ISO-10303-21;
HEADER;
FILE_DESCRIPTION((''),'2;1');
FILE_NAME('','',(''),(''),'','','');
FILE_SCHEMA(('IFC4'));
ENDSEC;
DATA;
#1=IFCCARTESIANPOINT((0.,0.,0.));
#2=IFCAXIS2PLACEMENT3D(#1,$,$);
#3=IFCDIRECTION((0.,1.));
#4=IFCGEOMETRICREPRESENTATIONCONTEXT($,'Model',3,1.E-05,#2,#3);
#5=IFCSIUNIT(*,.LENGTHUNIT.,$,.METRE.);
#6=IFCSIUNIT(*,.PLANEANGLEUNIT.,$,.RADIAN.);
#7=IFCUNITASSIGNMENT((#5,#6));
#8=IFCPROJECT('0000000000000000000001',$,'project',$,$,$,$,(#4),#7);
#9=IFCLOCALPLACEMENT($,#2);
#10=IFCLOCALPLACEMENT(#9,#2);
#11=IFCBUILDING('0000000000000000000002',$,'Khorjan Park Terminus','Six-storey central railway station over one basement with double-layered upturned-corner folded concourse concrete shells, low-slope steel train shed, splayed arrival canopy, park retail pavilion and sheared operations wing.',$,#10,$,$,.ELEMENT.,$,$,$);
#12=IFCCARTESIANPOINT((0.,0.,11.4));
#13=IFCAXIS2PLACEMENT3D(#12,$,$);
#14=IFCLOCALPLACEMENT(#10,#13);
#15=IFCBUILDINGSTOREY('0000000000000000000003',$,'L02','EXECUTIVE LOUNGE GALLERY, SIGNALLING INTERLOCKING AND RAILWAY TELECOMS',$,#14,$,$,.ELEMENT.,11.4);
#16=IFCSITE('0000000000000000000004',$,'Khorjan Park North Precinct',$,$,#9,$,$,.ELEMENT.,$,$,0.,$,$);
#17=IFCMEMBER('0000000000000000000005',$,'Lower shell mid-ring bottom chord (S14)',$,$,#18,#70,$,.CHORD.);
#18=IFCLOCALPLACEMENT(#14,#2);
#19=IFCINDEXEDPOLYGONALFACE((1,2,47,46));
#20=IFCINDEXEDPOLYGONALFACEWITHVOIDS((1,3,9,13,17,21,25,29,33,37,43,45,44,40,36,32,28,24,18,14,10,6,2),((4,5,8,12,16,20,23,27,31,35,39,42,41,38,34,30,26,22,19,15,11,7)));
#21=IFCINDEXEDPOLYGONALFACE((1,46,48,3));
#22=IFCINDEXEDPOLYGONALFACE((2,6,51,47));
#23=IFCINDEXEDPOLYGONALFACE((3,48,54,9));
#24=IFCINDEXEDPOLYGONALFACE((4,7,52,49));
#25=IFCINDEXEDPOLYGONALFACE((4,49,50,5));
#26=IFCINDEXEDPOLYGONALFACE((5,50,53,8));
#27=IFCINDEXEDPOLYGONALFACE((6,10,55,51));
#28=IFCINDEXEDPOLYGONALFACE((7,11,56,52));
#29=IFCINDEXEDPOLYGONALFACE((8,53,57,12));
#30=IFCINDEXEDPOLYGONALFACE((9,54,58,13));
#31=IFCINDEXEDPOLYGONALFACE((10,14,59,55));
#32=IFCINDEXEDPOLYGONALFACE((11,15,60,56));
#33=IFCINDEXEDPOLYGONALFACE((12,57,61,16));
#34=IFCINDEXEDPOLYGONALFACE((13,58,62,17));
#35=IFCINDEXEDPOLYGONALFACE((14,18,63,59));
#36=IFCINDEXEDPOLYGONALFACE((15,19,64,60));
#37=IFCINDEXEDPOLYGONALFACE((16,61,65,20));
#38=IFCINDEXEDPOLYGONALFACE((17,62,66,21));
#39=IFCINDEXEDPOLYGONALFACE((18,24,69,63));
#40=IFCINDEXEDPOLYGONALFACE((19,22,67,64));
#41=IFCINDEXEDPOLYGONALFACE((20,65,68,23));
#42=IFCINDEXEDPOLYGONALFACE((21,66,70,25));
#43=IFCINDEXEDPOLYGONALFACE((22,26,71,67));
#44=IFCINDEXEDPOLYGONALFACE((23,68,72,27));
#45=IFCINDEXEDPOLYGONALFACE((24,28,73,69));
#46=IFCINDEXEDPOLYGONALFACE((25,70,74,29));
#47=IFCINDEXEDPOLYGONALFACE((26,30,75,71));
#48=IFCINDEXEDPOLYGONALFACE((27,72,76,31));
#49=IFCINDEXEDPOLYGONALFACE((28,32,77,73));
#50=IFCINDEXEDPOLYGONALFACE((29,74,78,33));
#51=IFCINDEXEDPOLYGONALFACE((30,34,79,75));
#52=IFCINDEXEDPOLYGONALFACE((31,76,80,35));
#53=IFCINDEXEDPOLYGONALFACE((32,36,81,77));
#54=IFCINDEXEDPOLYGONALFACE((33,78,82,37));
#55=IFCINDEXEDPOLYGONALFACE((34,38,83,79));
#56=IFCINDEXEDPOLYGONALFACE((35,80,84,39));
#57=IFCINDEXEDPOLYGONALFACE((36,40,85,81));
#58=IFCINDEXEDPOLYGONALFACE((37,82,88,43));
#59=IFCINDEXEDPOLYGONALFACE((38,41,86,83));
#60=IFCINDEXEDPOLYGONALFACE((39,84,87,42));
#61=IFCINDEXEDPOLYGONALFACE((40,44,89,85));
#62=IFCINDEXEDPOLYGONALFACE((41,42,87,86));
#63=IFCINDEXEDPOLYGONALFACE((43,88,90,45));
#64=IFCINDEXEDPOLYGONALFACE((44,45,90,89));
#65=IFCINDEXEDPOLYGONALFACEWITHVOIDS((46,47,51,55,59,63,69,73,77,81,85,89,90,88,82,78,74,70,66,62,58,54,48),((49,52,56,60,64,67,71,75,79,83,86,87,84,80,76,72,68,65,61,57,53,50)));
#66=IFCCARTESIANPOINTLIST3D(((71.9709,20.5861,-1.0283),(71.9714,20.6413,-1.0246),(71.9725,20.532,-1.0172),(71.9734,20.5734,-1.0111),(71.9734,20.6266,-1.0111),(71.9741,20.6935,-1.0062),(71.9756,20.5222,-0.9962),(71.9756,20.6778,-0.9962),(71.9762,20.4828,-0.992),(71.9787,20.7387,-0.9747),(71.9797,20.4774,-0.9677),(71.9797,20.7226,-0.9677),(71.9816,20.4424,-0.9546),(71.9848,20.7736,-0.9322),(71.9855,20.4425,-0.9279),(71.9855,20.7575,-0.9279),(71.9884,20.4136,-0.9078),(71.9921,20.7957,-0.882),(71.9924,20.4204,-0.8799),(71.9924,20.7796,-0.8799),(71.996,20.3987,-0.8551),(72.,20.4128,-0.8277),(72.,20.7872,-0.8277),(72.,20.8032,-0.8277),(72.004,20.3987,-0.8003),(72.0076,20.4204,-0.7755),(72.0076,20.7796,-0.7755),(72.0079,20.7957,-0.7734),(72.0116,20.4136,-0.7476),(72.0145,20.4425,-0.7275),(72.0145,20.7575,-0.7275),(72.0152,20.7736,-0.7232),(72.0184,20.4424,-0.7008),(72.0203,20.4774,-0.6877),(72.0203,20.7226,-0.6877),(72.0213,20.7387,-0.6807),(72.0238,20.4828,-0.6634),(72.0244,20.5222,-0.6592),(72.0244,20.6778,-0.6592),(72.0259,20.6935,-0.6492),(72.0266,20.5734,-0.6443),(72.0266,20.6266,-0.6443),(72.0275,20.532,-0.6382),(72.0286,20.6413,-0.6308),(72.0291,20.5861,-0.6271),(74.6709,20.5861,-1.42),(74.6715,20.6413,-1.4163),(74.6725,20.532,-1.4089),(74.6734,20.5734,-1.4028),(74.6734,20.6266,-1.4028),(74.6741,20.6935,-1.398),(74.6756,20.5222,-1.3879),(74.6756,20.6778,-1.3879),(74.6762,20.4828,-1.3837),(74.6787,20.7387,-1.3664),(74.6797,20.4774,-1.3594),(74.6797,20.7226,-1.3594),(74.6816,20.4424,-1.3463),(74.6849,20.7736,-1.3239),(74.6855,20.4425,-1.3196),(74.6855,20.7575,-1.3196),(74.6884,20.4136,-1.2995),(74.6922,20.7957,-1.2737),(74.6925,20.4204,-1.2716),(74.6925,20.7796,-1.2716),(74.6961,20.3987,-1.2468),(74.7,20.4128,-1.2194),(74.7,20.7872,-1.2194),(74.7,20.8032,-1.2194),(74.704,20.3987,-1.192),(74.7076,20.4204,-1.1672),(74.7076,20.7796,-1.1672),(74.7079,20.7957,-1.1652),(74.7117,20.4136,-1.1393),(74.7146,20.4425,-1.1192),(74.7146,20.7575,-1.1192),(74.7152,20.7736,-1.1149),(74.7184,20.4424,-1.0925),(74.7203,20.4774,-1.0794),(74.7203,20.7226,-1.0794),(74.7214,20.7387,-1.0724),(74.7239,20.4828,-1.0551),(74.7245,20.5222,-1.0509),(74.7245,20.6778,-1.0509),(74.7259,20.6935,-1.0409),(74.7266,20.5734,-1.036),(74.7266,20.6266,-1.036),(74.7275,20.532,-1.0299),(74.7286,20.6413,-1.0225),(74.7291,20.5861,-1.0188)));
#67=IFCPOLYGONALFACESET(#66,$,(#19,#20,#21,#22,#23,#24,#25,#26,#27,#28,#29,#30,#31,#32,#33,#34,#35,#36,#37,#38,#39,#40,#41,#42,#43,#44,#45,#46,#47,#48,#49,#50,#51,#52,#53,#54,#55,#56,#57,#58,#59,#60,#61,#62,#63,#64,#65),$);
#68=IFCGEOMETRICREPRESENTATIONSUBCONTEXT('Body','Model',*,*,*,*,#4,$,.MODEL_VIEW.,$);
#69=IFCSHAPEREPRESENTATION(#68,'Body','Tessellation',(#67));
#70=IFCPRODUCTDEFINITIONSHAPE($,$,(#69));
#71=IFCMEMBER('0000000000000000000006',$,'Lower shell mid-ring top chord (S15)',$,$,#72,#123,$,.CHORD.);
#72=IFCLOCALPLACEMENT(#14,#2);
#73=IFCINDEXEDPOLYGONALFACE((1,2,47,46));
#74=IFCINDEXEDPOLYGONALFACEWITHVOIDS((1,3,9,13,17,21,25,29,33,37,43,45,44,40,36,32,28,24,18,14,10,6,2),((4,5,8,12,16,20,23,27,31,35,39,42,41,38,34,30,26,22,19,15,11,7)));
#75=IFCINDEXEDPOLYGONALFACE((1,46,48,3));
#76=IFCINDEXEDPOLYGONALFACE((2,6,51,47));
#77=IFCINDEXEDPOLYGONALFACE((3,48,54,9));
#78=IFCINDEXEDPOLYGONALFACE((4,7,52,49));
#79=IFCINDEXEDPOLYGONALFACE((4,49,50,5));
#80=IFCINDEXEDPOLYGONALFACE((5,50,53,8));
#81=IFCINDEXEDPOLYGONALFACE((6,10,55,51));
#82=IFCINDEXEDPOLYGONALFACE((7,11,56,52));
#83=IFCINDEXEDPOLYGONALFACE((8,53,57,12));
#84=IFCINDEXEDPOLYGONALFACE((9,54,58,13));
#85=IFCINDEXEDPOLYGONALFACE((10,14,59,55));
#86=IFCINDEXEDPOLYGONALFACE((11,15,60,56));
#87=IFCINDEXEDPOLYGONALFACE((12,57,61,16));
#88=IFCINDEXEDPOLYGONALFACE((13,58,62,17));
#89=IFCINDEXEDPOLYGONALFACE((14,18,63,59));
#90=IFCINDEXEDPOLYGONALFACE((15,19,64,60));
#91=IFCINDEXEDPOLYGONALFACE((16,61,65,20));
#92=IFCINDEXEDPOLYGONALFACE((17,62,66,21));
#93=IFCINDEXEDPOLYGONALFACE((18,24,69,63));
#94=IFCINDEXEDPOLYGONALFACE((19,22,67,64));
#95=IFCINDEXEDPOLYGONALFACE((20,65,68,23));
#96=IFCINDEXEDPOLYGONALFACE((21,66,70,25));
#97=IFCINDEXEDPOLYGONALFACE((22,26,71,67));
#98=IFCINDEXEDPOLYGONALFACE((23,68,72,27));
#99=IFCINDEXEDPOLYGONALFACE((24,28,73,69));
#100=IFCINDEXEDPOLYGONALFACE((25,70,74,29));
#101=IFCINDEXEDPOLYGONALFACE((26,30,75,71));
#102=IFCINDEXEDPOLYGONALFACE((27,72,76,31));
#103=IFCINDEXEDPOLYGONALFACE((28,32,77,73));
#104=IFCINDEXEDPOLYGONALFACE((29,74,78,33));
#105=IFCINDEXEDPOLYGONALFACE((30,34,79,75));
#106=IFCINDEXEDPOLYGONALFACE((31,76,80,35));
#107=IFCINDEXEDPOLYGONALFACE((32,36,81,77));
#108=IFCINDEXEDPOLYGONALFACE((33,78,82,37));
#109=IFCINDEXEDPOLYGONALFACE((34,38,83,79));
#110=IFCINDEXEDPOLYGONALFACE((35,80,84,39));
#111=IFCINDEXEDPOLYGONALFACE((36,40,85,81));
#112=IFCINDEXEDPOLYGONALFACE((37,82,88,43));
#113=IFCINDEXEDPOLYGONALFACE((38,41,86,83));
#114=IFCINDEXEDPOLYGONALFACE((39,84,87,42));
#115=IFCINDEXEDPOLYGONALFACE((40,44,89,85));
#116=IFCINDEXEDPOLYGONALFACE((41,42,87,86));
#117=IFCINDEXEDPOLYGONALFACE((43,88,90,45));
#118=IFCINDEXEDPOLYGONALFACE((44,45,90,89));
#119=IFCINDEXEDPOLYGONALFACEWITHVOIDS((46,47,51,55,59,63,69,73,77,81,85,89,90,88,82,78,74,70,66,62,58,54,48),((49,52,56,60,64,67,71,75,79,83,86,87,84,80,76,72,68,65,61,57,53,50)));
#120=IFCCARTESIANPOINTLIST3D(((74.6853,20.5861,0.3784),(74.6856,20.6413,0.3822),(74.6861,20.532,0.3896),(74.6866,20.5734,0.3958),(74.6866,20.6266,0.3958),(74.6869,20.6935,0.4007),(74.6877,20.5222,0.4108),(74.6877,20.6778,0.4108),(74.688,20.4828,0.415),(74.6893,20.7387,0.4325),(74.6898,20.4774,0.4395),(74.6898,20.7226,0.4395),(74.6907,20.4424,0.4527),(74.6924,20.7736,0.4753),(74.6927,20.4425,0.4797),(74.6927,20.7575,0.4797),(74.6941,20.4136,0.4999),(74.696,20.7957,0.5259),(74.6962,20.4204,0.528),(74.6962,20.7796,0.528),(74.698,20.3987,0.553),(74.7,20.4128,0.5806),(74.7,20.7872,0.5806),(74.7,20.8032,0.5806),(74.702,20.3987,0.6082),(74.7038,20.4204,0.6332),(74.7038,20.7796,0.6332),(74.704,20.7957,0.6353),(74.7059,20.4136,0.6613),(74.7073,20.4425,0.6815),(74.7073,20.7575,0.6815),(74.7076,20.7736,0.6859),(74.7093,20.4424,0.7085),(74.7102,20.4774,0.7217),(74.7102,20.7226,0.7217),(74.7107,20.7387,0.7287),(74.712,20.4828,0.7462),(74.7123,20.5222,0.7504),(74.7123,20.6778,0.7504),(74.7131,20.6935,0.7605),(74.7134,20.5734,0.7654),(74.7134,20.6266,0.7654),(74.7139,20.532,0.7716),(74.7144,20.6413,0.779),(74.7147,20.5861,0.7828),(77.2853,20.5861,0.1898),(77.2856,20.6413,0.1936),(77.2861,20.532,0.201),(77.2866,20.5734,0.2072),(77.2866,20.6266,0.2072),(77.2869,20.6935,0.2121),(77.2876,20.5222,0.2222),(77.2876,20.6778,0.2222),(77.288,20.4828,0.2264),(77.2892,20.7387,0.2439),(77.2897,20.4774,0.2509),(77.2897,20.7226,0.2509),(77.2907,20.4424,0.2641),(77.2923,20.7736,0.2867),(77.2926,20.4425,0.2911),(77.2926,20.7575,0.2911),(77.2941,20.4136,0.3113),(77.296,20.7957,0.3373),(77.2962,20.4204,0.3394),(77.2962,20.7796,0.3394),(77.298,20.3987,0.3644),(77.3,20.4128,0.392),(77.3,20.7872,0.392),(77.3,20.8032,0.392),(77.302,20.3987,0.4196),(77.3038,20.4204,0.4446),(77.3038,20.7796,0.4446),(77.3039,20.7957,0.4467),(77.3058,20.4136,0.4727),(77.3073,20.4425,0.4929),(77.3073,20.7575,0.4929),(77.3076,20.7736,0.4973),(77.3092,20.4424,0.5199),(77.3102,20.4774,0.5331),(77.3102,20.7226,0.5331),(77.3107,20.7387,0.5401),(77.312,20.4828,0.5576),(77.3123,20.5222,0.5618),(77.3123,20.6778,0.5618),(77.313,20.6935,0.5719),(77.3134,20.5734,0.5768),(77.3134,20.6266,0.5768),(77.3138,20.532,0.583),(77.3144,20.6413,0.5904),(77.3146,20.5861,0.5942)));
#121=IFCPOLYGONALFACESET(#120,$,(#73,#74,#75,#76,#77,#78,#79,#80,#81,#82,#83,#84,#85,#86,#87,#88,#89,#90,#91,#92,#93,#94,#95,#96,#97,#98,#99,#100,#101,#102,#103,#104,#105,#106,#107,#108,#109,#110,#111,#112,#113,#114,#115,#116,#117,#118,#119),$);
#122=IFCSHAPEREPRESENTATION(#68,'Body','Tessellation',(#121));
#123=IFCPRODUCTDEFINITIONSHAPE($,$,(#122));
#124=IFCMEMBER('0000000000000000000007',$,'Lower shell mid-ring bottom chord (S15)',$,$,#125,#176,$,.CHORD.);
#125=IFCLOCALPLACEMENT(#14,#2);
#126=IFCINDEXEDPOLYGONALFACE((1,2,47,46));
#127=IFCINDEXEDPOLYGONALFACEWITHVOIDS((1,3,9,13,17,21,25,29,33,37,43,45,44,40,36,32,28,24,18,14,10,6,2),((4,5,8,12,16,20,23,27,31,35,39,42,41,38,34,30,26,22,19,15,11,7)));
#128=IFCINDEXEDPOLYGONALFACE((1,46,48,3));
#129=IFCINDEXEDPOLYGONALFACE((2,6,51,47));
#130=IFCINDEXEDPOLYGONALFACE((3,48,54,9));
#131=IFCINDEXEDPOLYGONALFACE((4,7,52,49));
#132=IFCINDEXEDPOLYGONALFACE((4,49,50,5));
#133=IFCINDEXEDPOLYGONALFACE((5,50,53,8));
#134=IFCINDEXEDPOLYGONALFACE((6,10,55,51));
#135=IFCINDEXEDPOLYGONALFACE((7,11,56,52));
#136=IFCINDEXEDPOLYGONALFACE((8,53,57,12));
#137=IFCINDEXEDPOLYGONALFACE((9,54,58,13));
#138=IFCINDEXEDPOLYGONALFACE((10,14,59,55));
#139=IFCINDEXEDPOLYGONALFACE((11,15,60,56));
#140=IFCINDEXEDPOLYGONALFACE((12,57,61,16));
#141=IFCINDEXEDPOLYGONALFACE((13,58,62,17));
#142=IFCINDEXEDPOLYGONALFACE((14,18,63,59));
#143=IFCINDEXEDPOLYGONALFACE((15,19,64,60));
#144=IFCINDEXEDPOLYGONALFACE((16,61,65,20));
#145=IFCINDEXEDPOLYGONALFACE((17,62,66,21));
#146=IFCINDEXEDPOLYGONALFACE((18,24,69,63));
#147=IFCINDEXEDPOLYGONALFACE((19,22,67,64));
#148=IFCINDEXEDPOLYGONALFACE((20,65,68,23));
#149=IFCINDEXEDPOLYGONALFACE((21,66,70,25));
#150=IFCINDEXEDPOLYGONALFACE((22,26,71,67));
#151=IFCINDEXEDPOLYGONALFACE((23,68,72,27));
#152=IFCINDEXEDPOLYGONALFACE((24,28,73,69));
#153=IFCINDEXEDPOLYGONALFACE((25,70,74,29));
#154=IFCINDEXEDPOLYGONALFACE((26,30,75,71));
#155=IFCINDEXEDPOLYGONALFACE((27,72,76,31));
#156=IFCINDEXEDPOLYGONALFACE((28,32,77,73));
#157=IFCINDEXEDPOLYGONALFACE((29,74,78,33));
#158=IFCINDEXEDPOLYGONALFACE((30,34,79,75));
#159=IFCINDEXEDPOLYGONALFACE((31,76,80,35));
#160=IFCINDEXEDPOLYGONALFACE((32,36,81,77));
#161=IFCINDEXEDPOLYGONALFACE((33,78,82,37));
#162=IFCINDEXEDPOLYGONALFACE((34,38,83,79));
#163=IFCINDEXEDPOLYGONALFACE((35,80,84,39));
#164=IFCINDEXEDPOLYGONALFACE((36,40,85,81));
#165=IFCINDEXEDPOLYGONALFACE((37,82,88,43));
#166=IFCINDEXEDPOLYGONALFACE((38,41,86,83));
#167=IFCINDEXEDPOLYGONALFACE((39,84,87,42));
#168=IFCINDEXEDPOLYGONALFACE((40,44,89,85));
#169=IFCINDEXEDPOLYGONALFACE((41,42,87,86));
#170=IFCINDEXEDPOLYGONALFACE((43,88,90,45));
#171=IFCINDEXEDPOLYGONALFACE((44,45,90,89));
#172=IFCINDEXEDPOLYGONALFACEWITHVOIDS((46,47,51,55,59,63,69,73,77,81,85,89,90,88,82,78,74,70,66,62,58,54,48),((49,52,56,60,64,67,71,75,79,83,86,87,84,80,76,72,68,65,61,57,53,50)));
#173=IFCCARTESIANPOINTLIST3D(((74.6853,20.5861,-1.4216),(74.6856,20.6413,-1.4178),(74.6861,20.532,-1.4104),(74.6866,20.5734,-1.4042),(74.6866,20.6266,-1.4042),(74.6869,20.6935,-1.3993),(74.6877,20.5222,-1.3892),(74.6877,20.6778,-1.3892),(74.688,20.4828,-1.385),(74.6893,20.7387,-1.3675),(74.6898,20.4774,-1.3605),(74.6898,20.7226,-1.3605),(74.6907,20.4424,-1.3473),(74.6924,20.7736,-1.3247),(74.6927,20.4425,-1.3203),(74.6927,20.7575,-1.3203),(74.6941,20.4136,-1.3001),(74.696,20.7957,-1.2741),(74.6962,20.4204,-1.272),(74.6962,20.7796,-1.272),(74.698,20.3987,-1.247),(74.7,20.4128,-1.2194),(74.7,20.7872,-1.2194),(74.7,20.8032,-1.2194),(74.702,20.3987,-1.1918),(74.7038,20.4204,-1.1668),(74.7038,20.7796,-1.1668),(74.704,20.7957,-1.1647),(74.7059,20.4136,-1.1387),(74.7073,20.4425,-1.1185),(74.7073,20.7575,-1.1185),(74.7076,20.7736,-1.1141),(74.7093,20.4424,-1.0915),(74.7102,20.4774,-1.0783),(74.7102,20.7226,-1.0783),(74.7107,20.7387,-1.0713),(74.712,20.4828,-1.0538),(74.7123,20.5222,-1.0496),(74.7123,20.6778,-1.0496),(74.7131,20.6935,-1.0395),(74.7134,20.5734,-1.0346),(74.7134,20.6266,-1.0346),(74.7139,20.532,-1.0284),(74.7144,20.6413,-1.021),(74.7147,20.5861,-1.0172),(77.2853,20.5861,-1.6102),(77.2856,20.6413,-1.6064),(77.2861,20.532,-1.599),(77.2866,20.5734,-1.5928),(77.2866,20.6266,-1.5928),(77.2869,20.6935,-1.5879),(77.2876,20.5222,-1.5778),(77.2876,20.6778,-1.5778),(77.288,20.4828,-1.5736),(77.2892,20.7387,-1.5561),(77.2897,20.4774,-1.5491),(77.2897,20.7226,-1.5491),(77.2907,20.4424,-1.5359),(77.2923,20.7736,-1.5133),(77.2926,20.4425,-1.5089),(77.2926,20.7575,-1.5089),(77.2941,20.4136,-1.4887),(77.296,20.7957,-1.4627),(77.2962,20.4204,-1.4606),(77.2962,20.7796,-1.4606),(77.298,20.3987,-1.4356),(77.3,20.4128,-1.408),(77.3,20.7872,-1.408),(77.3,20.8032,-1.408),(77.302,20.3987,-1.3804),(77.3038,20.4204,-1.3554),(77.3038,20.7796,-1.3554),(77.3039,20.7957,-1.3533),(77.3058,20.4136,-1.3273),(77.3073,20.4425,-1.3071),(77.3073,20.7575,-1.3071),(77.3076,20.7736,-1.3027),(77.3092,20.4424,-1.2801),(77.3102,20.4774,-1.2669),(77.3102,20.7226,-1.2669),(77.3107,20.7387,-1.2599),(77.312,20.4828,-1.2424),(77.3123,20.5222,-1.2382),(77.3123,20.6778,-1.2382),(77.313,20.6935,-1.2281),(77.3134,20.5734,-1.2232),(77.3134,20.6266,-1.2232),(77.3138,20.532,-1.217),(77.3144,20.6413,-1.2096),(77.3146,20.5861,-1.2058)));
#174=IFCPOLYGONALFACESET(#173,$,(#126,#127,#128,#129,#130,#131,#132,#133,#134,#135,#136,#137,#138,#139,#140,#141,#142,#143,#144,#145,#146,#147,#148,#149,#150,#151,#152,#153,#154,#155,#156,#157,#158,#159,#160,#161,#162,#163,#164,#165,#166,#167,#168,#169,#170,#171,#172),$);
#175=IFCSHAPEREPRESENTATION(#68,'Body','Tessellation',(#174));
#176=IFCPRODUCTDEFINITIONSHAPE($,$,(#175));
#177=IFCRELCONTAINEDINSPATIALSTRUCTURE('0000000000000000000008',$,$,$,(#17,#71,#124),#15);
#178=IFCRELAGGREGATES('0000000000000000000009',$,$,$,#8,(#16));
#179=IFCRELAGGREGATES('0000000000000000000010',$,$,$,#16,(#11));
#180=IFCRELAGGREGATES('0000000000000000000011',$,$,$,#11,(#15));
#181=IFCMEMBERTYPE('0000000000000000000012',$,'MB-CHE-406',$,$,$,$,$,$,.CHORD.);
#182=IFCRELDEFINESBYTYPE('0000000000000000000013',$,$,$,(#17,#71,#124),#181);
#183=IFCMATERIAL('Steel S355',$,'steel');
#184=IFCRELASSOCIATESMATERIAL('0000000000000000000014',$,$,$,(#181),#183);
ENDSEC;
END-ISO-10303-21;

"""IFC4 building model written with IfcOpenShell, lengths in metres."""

from ifc_helpers import new_model, si_unit, direction, frame, origin, origin_2d, place, context, subcontext, project, spatial, hollow_circle, extrude, material, material_profile, profile_set, type_object, element, save


model = new_model("IFC4")

# Units and contexts
model_context = context("Model", 3, precision=1e-05, world=origin(), true_north=direction((0.0, 1.0)))
body_context = subcontext(model_context, "Body", "Model", "MODEL_VIEW")
ifc_project = project(units=[si_unit("LENGTHUNIT", "METRE"), si_unit("PLANEANGLEUNIT", "RADIAN")], contexts=[model_context])

# Site, building, storey
site_placement = place(None, origin())
site = spatial("IfcSite", under=ifc_project, at=site_placement, Name="Khorjan Park North Precinct", CompositionType="ELEMENT", RefElevation=0.0)
building_placement = place(site_placement, origin())
building = spatial("IfcBuilding", under=site, at=building_placement, Name="Khorjan Park Terminus", Description="Six-storey central railway station over one basement with double-layered upturned-corner folded concourse concrete shells, low-slope steel train shed, splayed arrival canopy, park retail pavilion and sheared operations wing.", CompositionType="ELEMENT")
storey_placement = place(building_placement, frame((0.0, 0.0, 11.4)))
storey = spatial("IfcBuildingStorey", under=building, at=storey_placement, Name="L02", Description="EXECUTIVE LOUNGE GALLERY, SIGNALLING INTERLOCKING AND RAILWAY TELECOMS", CompositionType="ELEMENT", Elevation=11.4)

# Members
ifc_material_1 = material(Name="Steel S355", Category="steel")
ifc_material_profile_1 = material_profile(ifc_material_1, hollow_circle(Radius=0.2032, WallThickness=0.016, at=origin_2d()), Name="CHS 406.4x16")
ifc_profile_set_1 = profile_set([ifc_material_profile_1], Name="Steel S355")
member_type_1 = type_object("IfcMemberType", Name="MB-CHE-406", PredefinedType="CHORD", material=ifc_profile_set_1)
for number, where, z_axis, x_axis, name in (
    (1, (72.0, 20.6, -0.8277), (0.98964, 0.0, -0.143571), (0.0, 1.0, 0.0), "Lower shell mid-ring bottom chord (S14)"),
):
    element("IfcMember", number, at=place(storey_placement, frame(where, z_axis=z_axis, x_axis=x_axis)), inside=storey, type_object=member_type_1, Name=name, PredefinedType="CHORD", context=body_context, shape_type="SweptSolid", body=[
        extrude(hollow_circle(Radius=0.2032, WallThickness=0.016, at=origin_2d()), origin(), (0.0, 0.0, 1.0), 2.7283),
    ])
for number, where, z_axis, x_axis, name in (
    (2, (74.7, 20.6, 0.5806), (0.997379, 0.0, -0.072348), (0.0, 1.0, 0.0), "Lower shell mid-ring top chord (S15)"),
    (3, (74.7, 20.6, -1.2194), (0.997379, 0.0, -0.072348), (0.0, 1.0, 0.0), "Lower shell mid-ring bottom chord (S15)"),
):
    element("IfcMember", number, at=place(storey_placement, frame(where, z_axis=z_axis, x_axis=x_axis)), inside=storey, type_object=member_type_1, Name=name, PredefinedType="CHORD", context=body_context, shape_type="SweptSolid", body=[
        extrude(hollow_circle(Radius=0.2032, WallThickness=0.016, at=origin_2d()), origin(), (0.0, 0.0, 1.0), 2.6068),
    ])

save(model, "model.ifc")
